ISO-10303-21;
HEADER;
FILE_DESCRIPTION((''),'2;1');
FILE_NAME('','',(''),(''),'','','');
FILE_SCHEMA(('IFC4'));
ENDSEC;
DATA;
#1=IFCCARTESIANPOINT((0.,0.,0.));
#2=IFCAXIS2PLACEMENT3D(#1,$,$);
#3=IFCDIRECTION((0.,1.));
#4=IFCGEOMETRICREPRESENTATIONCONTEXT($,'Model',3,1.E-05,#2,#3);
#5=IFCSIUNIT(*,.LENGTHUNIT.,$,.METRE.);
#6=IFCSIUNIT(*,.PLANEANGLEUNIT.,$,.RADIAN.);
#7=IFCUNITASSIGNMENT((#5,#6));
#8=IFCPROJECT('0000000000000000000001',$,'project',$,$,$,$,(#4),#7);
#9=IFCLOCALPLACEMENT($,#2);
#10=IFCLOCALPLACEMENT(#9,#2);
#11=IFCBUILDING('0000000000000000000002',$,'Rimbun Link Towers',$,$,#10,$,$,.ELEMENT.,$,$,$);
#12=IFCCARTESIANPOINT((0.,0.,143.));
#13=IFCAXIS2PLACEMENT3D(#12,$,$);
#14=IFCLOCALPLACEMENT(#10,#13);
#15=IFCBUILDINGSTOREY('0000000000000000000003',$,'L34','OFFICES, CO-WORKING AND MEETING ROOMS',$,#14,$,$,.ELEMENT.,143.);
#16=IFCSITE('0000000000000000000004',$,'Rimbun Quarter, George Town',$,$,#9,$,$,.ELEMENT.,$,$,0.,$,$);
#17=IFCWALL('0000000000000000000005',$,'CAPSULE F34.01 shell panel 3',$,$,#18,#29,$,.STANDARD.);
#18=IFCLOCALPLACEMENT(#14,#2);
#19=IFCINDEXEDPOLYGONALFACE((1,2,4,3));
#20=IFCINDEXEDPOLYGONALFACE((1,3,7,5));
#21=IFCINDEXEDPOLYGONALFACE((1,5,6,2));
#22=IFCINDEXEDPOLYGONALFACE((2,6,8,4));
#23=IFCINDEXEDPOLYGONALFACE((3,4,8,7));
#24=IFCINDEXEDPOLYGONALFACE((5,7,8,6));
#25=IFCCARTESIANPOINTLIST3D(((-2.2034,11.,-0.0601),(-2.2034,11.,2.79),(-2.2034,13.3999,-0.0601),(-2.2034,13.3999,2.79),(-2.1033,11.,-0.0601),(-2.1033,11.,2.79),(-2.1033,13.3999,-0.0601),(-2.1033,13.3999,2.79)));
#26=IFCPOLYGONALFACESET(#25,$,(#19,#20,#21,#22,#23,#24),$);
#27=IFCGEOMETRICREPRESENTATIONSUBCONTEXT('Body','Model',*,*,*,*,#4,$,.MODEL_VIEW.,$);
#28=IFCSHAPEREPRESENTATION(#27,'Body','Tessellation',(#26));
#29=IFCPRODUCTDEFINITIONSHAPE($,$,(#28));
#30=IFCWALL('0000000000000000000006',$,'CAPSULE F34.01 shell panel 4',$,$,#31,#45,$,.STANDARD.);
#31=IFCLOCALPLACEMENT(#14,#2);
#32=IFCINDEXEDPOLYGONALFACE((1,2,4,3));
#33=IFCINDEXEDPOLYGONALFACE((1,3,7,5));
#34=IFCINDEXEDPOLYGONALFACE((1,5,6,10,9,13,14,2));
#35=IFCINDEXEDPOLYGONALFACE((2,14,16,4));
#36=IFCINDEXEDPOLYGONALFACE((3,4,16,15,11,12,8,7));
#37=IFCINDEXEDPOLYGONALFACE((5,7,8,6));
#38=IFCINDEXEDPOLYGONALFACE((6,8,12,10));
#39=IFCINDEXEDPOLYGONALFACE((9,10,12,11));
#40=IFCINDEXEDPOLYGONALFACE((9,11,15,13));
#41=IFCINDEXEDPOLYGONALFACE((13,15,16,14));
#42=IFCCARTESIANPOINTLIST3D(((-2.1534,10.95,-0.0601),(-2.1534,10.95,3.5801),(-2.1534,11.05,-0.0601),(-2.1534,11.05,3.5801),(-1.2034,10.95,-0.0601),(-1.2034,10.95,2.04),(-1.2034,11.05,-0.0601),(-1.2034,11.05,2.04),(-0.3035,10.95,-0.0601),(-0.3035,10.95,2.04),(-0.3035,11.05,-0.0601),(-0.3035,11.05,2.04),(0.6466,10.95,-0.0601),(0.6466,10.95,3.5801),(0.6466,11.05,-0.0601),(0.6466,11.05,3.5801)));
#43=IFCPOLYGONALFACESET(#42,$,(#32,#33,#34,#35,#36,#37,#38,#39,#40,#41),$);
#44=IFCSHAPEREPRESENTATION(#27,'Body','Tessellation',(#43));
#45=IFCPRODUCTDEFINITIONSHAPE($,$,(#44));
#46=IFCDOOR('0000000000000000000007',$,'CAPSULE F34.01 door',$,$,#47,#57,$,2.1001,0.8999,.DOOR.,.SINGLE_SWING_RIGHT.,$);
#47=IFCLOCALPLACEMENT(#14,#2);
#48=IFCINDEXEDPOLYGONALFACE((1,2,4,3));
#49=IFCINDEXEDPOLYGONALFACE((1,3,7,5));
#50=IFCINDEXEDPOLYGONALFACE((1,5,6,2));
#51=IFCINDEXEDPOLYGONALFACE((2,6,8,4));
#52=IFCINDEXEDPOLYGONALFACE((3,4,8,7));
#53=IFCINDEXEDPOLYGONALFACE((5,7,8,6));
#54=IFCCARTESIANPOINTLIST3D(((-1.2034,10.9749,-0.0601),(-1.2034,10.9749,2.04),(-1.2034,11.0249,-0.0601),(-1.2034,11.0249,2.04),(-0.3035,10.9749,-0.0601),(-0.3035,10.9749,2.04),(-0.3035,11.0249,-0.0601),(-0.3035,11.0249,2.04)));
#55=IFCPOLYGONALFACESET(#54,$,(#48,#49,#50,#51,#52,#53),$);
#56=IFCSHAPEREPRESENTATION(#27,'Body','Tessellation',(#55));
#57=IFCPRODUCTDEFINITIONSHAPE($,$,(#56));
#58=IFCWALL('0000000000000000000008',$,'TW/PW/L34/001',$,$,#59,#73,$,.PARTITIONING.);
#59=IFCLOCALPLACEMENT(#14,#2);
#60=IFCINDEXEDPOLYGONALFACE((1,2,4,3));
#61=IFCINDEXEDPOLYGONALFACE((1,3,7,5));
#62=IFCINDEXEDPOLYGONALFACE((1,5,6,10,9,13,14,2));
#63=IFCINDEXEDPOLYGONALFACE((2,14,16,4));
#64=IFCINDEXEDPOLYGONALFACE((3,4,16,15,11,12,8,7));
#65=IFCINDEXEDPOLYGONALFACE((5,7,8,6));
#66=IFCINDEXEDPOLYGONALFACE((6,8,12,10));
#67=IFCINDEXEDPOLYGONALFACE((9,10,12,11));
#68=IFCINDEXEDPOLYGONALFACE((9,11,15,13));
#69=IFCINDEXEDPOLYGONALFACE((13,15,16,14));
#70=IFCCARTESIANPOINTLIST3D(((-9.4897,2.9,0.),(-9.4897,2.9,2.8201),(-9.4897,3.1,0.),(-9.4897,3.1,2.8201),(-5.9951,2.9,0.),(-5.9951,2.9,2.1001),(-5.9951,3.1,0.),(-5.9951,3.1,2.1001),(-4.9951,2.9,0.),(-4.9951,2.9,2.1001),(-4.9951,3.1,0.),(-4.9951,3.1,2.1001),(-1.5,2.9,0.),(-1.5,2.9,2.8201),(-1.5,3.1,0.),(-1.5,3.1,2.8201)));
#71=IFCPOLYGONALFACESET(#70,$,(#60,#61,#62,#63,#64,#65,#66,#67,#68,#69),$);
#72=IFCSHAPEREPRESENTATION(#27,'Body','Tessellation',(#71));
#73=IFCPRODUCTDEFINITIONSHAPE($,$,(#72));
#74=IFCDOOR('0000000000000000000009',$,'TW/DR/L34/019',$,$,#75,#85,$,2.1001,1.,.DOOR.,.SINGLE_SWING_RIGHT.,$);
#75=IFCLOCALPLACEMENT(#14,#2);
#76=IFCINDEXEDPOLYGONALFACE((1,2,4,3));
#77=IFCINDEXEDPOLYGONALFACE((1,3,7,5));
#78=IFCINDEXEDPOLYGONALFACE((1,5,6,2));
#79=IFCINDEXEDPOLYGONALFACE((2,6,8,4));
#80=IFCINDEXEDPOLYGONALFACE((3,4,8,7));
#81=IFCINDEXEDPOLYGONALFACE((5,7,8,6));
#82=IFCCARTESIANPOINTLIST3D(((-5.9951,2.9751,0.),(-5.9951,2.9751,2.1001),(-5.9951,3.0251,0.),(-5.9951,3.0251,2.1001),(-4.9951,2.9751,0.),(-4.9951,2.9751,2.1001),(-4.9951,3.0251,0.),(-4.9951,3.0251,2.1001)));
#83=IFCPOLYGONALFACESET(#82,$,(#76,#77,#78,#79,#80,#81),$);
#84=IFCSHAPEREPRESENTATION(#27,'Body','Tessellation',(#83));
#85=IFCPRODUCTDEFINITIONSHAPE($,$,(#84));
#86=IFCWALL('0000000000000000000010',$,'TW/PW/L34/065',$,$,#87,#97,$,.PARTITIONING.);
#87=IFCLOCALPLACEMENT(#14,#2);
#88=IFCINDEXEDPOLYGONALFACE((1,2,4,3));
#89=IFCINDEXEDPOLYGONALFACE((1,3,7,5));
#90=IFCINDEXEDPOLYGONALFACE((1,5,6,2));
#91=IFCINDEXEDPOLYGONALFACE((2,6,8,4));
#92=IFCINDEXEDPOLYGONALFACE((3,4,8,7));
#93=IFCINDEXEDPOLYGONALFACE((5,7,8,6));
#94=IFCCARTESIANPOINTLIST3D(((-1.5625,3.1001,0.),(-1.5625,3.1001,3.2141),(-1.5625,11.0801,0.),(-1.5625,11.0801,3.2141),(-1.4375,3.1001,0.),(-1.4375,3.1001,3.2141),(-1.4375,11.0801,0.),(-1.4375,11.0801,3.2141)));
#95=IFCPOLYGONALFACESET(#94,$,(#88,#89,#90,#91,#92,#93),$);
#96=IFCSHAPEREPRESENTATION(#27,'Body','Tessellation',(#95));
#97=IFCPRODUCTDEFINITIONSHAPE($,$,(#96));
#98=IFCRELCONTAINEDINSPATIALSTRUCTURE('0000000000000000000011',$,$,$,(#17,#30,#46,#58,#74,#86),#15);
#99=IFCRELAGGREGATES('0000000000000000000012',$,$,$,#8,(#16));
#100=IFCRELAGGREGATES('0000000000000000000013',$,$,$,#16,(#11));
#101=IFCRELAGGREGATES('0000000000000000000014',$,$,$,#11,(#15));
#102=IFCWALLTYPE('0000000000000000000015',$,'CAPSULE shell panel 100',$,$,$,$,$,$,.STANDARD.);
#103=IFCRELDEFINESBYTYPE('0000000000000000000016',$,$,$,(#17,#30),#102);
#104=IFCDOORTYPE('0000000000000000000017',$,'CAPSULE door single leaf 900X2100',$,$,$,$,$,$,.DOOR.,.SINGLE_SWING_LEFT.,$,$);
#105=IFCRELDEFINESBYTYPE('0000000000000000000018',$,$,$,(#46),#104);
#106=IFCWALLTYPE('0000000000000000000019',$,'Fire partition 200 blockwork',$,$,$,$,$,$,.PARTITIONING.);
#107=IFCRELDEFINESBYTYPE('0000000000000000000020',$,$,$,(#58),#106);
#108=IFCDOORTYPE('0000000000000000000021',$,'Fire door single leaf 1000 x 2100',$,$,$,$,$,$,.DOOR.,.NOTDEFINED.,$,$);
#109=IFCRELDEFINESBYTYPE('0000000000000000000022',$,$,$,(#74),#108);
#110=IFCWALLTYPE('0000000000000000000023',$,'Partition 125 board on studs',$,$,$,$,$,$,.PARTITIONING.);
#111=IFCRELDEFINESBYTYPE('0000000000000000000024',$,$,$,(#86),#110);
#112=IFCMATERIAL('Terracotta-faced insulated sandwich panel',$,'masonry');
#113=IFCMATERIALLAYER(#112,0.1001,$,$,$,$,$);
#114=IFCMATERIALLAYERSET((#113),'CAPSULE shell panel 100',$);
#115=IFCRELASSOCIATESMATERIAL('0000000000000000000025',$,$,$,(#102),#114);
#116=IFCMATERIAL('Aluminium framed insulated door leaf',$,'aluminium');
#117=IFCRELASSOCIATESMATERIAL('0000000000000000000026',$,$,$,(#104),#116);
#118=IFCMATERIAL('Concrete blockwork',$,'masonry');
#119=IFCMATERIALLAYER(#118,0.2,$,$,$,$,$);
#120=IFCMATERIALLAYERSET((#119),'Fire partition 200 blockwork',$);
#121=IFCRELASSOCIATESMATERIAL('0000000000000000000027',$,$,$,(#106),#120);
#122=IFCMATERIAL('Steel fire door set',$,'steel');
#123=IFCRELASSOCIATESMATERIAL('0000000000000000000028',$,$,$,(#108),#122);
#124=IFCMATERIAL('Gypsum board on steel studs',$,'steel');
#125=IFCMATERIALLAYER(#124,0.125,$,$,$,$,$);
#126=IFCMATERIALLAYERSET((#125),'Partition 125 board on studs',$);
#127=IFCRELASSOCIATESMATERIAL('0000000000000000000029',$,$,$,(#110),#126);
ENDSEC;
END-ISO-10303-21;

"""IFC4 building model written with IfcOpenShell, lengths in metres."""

from ifc_helpers import new_model, si_unit, direction, frame, frame_2d, origin, place, context, subcontext, project, spatial, rectangle, extrude, material, layer, layer_set, type_object, element, fill, save


model = new_model("IFC4")

# Units and contexts
model_context = context("Model", 3, precision=1e-05, world=origin(), true_north=direction((0.0, 1.0)))
body_context = subcontext(model_context, "Body", "Model", "MODEL_VIEW")
ifc_project = project(units=[si_unit("LENGTHUNIT", "METRE"), si_unit("PLANEANGLEUNIT", "RADIAN")], contexts=[model_context])

# Site, building, storey
site_placement = place(None, origin())
site = spatial("IfcSite", under=ifc_project, at=site_placement, Name="Rimbun Quarter, George Town", CompositionType="ELEMENT", RefElevation=0.0)
building_placement = place(site_placement, origin())
building = spatial("IfcBuilding", under=site, at=building_placement, Name="Rimbun Link Towers", CompositionType="ELEMENT")
storey_placement = place(building_placement, frame((0.0, 0.0, 143.0)))
storey = spatial("IfcBuildingStorey", under=building, at=storey_placement, Name="L34", Description="OFFICES, CO-WORKING AND MEETING ROOMS", CompositionType="ELEMENT", Elevation=143.0)

# Wall
ifc_material_1 = material(Name="Terracotta-faced insulated sandwich panel", Category="masonry")
ifc_layer_1 = layer(ifc_material_1, 0.1001)
ifc_layer_set_1 = layer_set([ifc_layer_1], Name="CAPSULE shell panel 100")
wall_type_1 = type_object("IfcWallType", Name="CAPSULE shell panel 100", PredefinedType="STANDARD", material=ifc_layer_set_1)
wall_1_placement = place(storey_placement, frame((-2.1533, 13.3999, -0.0601), z_axis=(0.0, 0.0, 1.0), x_axis=(0.0, -1.0, 0.0)))
element("IfcWall", 1, at=wall_1_placement, inside=storey, type_object=wall_type_1, Name="CAPSULE F34.01 shell panel 3", PredefinedType="STANDARD", context=body_context, shape_type="SweptSolid", body=[
    extrude(rectangle(XDim=2.3999, YDim=0.1001, at=frame_2d((1.2, 0.0))), origin(), (0.0, 0.0, 1.0), 2.8501),
])

# Walls, openings, doors
wall_2_placement = place(storey_placement, frame((-2.1533, 11.0, -0.0601), z_axis=(0.0, 0.0, 1.0), x_axis=(1.0, 0.0, 0.0)))
wall_2 = element("IfcWall", 2, at=wall_2_placement, inside=storey, type_object=wall_type_1, Name="CAPSULE F34.01 shell panel 4", PredefinedType="STANDARD", context=body_context, shape_type="SweptSolid", body=[
    extrude(rectangle(XDim=2.8, YDim=0.1001, at=frame_2d((1.3999, 0.0))), origin(), (0.0, 0.0, 1.0), 3.6401),
])
opening_1_placement = place(wall_2_placement, frame((0.95, 0.0, 0.0)))
opening_1 = element("IfcOpeningElement", 3, at=opening_1_placement, cuts=wall_2, PredefinedType="OPENING", context=body_context, shape_type="SweptSolid", body=[
    extrude(rectangle(XDim=0.8999, YDim=2.1001, at=frame_2d((0.45, 1.05))), frame((0.0, 0.0601, 0.0), z_axis=(0.0, -1.0, 0.0), x_axis=(1.0, 0.0, 0.0)), (0.0, 0.0, 1.0), 0.1201),
])
ifc_material_2 = material(Name="Aluminium framed insulated door leaf", Category="aluminium")
door_type_1 = type_object("IfcDoorType", Name="CAPSULE door single leaf 900X2100", OperationType="SINGLE_SWING_LEFT", PredefinedType="DOOR", material=ifc_material_2)
door_1_placement = place(opening_1_placement, origin())
door_1 = element("IfcDoor", 4, at=door_1_placement, inside=storey, type_object=door_type_1, Name="CAPSULE F34.01 door", OperationType="SINGLE_SWING_RIGHT", OverallHeight=2.1001, OverallWidth=0.8999, PredefinedType="DOOR", context=body_context, shape_type="SweptSolid", body=[
    extrude(rectangle(XDim=0.8999, YDim=2.1001, at=frame_2d((0.45, 1.05))), frame((0.0, 0.0249, 0.0), z_axis=(0.0, -1.0, 0.0), x_axis=(1.0, 0.0, 0.0)), (0.0, 0.0, 1.0), 0.05),
])
fill(opening_1, door_1)
ifc_material_3 = material(Name="Concrete blockwork", Category="masonry")
ifc_layer_2 = layer(ifc_material_3, 0.2)
ifc_layer_set_2 = layer_set([ifc_layer_2], Name="Fire partition 200 blockwork")
wall_type_2 = type_object("IfcWallType", Name="Fire partition 200 blockwork", PredefinedType="PARTITIONING", material=ifc_layer_set_2)
wall_3_placement = place(storey_placement, frame((-1.5, 3.0, 0.0), z_axis=(0.0, 0.0, 1.0), x_axis=(-1.0, 0.0, 0.0)))
wall_3 = element("IfcWall", 5, at=wall_3_placement, inside=storey, type_object=wall_type_2, Name="TW/PW/L34/001", PredefinedType="PARTITIONING", context=body_context, shape_type="SweptSolid", body=[
    extrude(rectangle(XDim=7.9897, YDim=0.2, at=frame_2d((3.9949, 0.0))), origin(), (0.0, 0.0, 1.0), 2.8201),
])
opening_2_placement = place(wall_3_placement, frame((3.4951, 0.0, 0.0)))
opening_2 = element("IfcOpeningElement", 6, at=opening_2_placement, cuts=wall_3, PredefinedType="OPENING", context=body_context, shape_type="SweptSolid", body=[
    extrude(rectangle(XDim=1.0, YDim=2.1001, at=frame_2d((0.5, 1.05))), frame((0.0, 0.1099, 0.0), z_axis=(0.0, -1.0, 0.0), x_axis=(1.0, 0.0, 0.0)), (0.0, 0.0, 1.0), 0.22),
])
ifc_material_4 = material(Name="Steel fire door set", Category="steel")
door_type_2 = type_object("IfcDoorType", Name="Fire door single leaf 1000 x 2100", OperationType="NOTDEFINED", PredefinedType="DOOR", material=ifc_material_4)
door_2_placement = place(opening_2_placement, origin())
door_2 = element("IfcDoor", 7, at=door_2_placement, inside=storey, type_object=door_type_2, Name="TW/DR/L34/019", OperationType="SINGLE_SWING_RIGHT", OverallHeight=2.1001, OverallWidth=1.0, PredefinedType="DOOR", context=body_context, shape_type="SweptSolid", body=[
    extrude(rectangle(XDim=1.0, YDim=2.1001, at=frame_2d((0.5, 1.05))), frame((0.0, 0.0249, 0.0), z_axis=(0.0, -1.0, 0.0), x_axis=(1.0, 0.0, 0.0)), (0.0, 0.0, 1.0), 0.05),
])
fill(opening_2, door_2)

# Wall
ifc_material_5 = material(Name="Gypsum board on steel studs", Category="steel")
ifc_layer_3 = layer(ifc_material_5, 0.125)
ifc_layer_set_3 = layer_set([ifc_layer_3], Name="Partition 125 board on studs")
wall_type_3 = type_object("IfcWallType", Name="Partition 125 board on studs", PredefinedType="PARTITIONING", material=ifc_layer_set_3)
wall_4_placement = place(storey_placement, frame((-1.5, 3.1001, 0.0), z_axis=(0.0, 0.0, 1.0), x_axis=(0.0, 1.0, 0.0)))
element("IfcWall", 8, at=wall_4_placement, inside=storey, type_object=wall_type_3, Name="TW/PW/L34/065", PredefinedType="PARTITIONING", context=body_context, shape_type="SweptSolid", body=[
    extrude(rectangle(XDim=7.98, YDim=0.125, at=frame_2d((3.99, 0.0))), origin(), (0.0, 0.0, 1.0), 3.2141),
])

save(model, "model.ifc")
